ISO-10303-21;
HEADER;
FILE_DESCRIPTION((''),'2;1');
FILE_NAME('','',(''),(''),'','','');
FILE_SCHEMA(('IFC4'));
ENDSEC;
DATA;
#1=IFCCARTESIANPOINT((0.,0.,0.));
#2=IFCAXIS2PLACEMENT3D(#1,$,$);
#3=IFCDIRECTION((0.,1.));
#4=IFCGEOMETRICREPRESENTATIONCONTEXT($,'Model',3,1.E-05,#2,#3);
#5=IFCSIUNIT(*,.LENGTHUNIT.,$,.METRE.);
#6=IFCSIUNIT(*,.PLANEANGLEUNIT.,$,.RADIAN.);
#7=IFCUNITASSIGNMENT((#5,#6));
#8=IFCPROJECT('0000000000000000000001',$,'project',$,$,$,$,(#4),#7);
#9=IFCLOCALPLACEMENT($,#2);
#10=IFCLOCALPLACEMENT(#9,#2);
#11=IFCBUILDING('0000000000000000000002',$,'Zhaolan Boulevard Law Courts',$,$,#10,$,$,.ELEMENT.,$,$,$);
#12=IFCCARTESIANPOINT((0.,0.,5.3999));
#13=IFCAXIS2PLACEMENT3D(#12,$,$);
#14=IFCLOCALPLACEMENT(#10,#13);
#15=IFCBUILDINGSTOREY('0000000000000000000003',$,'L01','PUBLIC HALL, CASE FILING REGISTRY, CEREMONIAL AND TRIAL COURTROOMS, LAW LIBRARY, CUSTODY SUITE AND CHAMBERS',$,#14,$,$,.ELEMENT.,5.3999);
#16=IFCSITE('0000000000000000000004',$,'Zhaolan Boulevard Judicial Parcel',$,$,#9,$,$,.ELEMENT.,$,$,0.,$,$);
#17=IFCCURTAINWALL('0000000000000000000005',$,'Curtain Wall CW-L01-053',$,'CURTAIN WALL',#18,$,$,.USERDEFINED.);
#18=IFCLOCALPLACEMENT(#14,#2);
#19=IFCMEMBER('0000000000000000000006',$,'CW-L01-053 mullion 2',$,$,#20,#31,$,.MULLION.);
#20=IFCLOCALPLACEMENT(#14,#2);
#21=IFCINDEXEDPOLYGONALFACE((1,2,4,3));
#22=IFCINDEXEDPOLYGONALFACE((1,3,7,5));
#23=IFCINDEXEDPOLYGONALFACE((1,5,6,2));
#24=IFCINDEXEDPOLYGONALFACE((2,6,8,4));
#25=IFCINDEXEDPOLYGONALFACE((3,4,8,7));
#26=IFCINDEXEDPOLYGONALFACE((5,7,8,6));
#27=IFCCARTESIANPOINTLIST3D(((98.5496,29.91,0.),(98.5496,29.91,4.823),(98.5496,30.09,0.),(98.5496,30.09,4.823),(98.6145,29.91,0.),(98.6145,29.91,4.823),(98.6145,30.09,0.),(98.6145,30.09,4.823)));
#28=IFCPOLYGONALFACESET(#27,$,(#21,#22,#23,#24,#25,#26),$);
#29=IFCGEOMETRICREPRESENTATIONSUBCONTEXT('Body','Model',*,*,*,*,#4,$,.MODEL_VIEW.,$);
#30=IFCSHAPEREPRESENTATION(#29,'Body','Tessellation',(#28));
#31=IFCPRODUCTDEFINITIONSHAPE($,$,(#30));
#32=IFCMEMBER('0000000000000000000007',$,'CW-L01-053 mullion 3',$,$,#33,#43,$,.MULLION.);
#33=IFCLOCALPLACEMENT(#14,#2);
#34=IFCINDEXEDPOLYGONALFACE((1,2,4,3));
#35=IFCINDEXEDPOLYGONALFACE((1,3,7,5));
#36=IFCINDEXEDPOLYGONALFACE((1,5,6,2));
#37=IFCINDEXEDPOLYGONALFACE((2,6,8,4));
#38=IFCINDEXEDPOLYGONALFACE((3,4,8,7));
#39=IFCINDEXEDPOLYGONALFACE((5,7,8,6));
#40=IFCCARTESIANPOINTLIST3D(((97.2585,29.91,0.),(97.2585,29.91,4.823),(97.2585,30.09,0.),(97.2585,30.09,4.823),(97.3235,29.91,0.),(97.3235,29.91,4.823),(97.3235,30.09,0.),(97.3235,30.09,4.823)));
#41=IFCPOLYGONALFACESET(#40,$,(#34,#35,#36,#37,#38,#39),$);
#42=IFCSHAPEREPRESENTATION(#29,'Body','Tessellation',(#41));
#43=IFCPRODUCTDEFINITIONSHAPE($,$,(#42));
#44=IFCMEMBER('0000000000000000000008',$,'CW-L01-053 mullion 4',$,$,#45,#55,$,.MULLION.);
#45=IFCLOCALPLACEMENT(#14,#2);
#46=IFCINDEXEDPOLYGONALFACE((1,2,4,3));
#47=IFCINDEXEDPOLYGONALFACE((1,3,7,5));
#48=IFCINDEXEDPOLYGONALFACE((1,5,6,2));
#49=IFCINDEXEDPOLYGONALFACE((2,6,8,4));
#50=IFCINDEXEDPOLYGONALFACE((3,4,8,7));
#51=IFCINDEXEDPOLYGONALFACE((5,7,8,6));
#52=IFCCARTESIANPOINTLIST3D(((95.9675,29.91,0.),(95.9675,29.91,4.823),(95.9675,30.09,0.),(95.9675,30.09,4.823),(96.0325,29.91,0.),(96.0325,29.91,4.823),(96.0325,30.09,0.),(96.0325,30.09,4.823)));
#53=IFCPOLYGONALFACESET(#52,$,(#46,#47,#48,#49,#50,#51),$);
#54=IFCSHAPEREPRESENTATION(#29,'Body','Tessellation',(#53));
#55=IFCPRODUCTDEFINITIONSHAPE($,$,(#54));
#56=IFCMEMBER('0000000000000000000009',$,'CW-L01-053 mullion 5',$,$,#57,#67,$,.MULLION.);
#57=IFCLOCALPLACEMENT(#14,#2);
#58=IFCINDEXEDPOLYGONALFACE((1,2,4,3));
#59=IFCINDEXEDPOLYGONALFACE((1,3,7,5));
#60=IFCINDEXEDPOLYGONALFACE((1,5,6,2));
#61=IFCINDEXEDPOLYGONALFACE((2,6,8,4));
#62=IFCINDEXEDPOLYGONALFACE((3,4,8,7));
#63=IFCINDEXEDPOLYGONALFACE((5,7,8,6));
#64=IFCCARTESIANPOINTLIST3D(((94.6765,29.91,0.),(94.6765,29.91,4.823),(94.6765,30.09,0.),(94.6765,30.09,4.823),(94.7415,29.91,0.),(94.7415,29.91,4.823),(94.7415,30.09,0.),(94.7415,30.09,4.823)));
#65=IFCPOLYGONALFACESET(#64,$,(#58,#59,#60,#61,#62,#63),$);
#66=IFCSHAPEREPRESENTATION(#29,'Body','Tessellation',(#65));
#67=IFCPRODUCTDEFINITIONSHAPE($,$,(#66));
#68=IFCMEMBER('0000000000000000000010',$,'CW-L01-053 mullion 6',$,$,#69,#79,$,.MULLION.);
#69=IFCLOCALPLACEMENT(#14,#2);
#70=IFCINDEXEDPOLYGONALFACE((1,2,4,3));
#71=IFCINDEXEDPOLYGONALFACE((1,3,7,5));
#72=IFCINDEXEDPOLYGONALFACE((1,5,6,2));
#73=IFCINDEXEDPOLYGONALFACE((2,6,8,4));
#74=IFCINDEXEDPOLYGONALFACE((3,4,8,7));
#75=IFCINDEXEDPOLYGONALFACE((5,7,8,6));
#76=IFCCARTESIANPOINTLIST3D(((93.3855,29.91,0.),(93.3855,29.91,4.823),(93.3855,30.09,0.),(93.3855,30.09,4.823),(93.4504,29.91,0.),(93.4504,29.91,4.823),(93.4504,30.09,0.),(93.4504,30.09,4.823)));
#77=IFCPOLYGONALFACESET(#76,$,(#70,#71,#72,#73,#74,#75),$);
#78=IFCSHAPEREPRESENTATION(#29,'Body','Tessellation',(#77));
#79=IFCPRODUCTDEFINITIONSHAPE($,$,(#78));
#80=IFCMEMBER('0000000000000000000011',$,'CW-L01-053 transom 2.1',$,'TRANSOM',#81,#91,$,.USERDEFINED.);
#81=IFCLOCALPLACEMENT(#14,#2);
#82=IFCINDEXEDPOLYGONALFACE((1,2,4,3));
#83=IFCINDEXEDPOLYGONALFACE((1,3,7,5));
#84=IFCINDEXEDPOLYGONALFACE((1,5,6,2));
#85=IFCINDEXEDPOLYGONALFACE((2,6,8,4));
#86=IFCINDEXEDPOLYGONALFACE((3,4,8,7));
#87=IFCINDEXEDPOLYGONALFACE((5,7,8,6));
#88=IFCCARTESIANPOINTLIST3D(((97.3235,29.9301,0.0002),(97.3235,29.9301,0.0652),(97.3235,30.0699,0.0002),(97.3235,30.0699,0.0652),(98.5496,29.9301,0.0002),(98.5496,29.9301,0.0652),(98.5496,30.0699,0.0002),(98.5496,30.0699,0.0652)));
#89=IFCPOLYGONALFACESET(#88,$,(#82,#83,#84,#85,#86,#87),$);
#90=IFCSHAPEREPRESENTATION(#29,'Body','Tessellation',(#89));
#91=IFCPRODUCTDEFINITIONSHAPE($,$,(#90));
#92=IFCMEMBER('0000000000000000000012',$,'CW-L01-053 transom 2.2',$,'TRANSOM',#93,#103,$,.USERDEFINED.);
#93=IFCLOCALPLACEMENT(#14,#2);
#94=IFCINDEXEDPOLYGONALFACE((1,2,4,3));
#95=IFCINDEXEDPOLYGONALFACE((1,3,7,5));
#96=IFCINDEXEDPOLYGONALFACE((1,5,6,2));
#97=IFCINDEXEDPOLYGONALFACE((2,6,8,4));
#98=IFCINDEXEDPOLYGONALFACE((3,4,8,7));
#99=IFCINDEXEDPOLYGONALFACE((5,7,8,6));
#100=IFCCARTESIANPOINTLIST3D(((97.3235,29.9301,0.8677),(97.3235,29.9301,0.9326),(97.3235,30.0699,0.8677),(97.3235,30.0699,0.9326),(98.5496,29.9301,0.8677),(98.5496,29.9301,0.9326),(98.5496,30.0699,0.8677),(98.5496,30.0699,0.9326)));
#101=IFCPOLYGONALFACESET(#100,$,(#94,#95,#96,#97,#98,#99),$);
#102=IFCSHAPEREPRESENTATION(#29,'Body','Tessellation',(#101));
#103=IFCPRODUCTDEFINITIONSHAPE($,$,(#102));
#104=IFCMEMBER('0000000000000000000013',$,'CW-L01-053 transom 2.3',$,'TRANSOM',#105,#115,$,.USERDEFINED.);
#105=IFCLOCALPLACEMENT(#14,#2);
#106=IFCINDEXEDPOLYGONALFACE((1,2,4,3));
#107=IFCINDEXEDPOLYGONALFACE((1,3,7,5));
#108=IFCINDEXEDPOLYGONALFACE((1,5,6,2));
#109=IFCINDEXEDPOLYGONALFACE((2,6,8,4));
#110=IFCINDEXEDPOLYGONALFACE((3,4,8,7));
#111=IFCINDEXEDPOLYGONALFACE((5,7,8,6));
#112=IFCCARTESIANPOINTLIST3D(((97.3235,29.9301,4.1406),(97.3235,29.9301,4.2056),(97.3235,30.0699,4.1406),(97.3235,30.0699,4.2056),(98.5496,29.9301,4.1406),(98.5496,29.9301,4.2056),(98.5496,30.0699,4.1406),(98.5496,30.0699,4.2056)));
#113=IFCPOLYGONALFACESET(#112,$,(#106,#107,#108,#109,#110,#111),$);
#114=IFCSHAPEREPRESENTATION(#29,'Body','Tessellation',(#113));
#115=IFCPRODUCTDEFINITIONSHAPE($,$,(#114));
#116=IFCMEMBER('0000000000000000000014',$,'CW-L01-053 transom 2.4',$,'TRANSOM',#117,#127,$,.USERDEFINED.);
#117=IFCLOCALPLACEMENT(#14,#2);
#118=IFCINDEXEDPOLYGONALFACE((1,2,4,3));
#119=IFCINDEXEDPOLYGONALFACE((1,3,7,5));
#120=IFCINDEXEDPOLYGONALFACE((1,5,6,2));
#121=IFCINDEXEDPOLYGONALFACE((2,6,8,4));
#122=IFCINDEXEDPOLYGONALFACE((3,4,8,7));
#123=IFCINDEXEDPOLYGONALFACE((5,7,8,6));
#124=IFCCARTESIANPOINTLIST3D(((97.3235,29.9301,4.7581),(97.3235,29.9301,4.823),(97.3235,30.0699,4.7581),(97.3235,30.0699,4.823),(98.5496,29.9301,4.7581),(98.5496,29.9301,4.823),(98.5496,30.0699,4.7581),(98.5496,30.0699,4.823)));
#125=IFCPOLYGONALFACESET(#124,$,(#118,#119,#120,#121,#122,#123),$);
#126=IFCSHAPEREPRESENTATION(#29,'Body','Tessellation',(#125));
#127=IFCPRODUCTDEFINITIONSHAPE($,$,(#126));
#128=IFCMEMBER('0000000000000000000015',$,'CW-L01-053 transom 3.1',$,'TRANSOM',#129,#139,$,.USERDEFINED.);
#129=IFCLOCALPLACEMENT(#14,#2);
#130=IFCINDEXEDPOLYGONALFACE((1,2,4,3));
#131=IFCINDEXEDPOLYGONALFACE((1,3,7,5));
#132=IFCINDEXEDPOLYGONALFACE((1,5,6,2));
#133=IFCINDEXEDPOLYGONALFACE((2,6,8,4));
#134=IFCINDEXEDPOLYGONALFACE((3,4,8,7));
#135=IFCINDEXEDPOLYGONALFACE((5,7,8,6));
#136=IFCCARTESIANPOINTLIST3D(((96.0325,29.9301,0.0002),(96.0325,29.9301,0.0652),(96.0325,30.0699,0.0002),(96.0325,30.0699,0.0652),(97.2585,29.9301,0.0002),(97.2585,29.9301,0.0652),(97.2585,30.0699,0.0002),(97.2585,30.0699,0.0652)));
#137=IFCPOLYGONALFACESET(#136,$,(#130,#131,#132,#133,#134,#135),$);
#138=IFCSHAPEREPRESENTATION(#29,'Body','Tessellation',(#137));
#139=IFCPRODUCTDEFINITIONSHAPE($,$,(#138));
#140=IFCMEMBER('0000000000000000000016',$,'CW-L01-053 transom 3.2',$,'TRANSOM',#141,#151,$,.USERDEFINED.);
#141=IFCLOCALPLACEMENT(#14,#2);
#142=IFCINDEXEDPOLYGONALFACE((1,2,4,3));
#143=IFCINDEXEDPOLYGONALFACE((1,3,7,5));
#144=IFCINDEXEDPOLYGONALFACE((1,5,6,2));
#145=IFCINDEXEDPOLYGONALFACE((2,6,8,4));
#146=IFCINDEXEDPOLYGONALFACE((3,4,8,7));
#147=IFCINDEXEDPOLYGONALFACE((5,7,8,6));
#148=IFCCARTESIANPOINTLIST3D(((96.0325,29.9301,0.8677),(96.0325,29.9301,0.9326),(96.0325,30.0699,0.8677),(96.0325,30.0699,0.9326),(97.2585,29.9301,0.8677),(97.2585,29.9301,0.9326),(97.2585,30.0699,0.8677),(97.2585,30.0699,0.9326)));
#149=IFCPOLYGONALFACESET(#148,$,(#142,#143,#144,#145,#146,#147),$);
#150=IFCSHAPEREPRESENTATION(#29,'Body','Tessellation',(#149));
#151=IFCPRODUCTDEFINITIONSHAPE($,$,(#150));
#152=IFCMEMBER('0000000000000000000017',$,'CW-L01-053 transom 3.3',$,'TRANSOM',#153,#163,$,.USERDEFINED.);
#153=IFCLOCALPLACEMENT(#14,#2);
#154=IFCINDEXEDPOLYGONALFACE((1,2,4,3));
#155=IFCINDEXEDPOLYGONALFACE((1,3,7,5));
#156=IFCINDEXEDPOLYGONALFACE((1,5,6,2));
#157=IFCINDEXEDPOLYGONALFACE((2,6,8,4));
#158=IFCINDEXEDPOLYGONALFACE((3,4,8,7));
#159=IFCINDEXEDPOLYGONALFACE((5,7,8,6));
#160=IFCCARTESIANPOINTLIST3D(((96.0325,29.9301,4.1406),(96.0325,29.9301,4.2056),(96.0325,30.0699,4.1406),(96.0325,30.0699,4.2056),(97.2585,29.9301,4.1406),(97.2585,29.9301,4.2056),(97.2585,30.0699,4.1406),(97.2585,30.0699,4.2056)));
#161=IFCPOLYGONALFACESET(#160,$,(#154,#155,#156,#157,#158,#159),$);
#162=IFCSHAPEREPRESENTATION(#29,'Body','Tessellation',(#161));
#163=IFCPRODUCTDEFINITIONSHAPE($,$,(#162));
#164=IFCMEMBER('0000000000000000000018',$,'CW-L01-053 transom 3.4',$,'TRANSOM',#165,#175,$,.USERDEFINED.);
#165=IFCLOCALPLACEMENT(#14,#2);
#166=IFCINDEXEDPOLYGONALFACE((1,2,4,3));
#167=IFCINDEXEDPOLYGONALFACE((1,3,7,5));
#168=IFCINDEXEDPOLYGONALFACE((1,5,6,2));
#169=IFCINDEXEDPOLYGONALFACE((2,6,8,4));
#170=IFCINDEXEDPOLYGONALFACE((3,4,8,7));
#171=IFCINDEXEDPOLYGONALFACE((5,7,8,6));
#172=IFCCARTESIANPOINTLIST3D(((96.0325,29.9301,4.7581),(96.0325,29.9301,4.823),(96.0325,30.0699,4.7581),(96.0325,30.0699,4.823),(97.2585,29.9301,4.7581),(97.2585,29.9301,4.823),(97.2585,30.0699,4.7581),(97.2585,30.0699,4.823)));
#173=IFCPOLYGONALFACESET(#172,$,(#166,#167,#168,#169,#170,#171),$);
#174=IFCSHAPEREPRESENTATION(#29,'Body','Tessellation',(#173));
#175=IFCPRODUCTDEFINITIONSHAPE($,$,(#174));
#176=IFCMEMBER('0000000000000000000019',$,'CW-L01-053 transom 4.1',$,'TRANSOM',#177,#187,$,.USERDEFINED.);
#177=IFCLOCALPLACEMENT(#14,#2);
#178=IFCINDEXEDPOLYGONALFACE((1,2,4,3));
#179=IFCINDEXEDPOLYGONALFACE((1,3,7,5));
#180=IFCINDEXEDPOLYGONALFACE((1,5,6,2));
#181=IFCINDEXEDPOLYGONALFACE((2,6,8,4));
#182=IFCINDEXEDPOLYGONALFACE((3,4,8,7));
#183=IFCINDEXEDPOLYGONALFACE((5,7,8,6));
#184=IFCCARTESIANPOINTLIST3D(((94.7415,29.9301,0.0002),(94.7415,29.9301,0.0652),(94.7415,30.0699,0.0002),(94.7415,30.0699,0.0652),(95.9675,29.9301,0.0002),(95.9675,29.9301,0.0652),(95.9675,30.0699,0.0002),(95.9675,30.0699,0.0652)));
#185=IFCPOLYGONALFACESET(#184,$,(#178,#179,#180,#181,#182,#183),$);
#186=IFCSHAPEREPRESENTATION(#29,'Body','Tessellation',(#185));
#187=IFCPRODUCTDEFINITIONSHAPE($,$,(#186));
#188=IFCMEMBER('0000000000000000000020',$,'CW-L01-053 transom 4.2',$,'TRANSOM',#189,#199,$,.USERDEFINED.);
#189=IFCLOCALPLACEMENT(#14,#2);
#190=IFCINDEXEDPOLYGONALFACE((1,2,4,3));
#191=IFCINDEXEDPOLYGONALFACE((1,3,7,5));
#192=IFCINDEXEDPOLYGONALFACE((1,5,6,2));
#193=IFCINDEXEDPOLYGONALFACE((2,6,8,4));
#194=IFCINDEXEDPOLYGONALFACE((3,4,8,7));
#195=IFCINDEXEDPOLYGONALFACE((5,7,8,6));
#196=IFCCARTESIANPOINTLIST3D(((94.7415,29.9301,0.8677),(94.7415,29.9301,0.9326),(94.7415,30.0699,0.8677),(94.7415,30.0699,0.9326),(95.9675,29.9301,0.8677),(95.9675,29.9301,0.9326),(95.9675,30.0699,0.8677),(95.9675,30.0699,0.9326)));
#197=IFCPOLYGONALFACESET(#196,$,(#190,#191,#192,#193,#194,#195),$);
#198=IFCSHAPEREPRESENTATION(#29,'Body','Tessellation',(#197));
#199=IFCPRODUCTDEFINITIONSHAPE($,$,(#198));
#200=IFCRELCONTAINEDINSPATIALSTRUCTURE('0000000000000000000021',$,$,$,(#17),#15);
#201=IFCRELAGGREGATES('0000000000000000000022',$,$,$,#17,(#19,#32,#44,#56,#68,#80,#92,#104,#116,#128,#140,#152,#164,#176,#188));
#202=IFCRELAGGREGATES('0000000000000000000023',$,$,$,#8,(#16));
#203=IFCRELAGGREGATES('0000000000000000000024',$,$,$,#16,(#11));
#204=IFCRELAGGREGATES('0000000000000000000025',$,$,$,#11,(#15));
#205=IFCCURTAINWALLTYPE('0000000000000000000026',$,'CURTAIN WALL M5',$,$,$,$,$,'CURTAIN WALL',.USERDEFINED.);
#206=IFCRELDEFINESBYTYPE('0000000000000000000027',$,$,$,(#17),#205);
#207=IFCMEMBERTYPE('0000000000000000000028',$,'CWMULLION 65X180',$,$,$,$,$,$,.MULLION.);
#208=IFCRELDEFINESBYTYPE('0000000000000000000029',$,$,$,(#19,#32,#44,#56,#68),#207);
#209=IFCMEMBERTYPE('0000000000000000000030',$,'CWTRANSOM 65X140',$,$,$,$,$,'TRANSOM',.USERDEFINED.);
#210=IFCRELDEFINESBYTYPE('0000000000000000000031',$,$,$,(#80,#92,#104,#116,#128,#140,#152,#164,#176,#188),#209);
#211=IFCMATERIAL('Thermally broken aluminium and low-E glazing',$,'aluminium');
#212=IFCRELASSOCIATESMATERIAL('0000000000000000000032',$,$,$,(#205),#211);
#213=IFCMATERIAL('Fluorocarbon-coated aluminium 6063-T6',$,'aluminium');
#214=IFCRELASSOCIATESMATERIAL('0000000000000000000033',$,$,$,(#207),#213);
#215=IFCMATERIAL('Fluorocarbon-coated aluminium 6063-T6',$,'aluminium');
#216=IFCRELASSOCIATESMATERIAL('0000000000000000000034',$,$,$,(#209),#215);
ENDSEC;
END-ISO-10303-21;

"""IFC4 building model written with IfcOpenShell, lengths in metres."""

from ifc_helpers import new_model, si_unit, direction, frame, origin, origin_2d, place, context, subcontext, project, spatial, rectangle, extrude, material, material_profile, profile_set, type_object, element, aggregate, save


model = new_model("IFC4")

# Units and contexts
model_context = context("Model", 3, precision=1e-05, world=origin(), true_north=direction((0.0, 1.0)))
body_context = subcontext(model_context, "Body", "Model", "MODEL_VIEW")
ifc_project = project(units=[si_unit("LENGTHUNIT", "METRE"), si_unit("PLANEANGLEUNIT", "RADIAN")], contexts=[model_context])

# Site, building, storey
site_placement = place(None, origin())
site = spatial("IfcSite", under=ifc_project, at=site_placement, Name="Zhaolan Boulevard Judicial Parcel", CompositionType="ELEMENT", RefElevation=0.0)
building_placement = place(site_placement, origin())
building = spatial("IfcBuilding", under=site, at=building_placement, Name="Zhaolan Boulevard Law Courts", CompositionType="ELEMENT")
storey_placement = place(building_placement, frame((0.0, 0.0, 5.3999)))
storey = spatial("IfcBuildingStorey", under=building, at=storey_placement, Name="L01", Description="PUBLIC HALL, CASE FILING REGISTRY, CEREMONIAL AND TRIAL COURTROOMS, LAW LIBRARY, CUSTODY SUITE AND CHAMBERS", CompositionType="ELEMENT", Elevation=5.3999)

# Curtain wall, members
ifc_material_1 = material(Name="Thermally broken aluminium and low-E glazing", Category="aluminium")
curtain_wall_type = type_object("IfcCurtainWallType", Name="CURTAIN WALL M5", ElementType="CURTAIN WALL", PredefinedType="USERDEFINED", material=ifc_material_1)
curtain_wall_placement = place(storey_placement, origin())
curtain_wall = element("IfcCurtainWall", 1, at=curtain_wall_placement, inside=storey, type_object=curtain_wall_type, Name="Curtain Wall CW-L01-053", ObjectType="CURTAIN WALL", PredefinedType="USERDEFINED")
ifc_material_2 = material(Name="Fluorocarbon-coated aluminium 6063-T6", Category="aluminium")
ifc_material_profile_1 = material_profile(ifc_material_2, rectangle(XDim=0.1799, YDim=0.0649, at=origin_2d()), Name="AL65x180")
ifc_profile_set_1 = profile_set([ifc_material_profile_1], Name="Fluorocarbon-coated aluminium 6063-T6")
member_type_1 = type_object("IfcMemberType", Name="CWMULLION 65X180", PredefinedType="MULLION", material=ifc_profile_set_1)
member_1_placement = place(storey_placement, frame((98.582, 30.0, 0.0), z_axis=(0.0, 0.0, 1.0), x_axis=(0.0, -1.0, 0.0)))
member_1 = element("IfcMember", 2, at=member_1_placement, type_object=member_type_1, Name="CW-L01-053 mullion 2", PredefinedType="MULLION", context=body_context, shape_type="SweptSolid", body=[
    extrude(rectangle(XDim=0.1799, YDim=0.0649, at=origin_2d()), origin(), (0.0, 0.0, 1.0), 4.823),
])
member_2_placement = place(storey_placement, frame((97.291, 30.0, 0.0), z_axis=(0.0, 0.0, 1.0), x_axis=(0.0, -1.0, 0.0)))
member_2 = element("IfcMember", 3, at=member_2_placement, type_object=member_type_1, Name="CW-L01-053 mullion 3", PredefinedType="MULLION", context=body_context, shape_type="SweptSolid", body=[
    extrude(rectangle(XDim=0.1799, YDim=0.0649, at=origin_2d()), origin(), (0.0, 0.0, 1.0), 4.823),
])
member_3_placement = place(storey_placement, frame((96.0, 30.0, 0.0), z_axis=(0.0, 0.0, 1.0), x_axis=(0.0, -1.0, 0.0)))
member_3 = element("IfcMember", 4, at=member_3_placement, type_object=member_type_1, Name="CW-L01-053 mullion 4", PredefinedType="MULLION", context=body_context, shape_type="SweptSolid", body=[
    extrude(rectangle(XDim=0.1799, YDim=0.0649, at=origin_2d()), origin(), (0.0, 0.0, 1.0), 4.823),
])
member_4_placement = place(storey_placement, frame((94.709, 30.0, 0.0), z_axis=(0.0, 0.0, 1.0), x_axis=(0.0, -1.0, 0.0)))
member_4 = element("IfcMember", 5, at=member_4_placement, type_object=member_type_1, Name="CW-L01-053 mullion 5", PredefinedType="MULLION", context=body_context, shape_type="SweptSolid", body=[
    extrude(rectangle(XDim=0.1799, YDim=0.0649, at=origin_2d()), origin(), (0.0, 0.0, 1.0), 4.823),
])
member_5_placement = place(storey_placement, frame((93.418, 30.0, 0.0), z_axis=(0.0, 0.0, 1.0), x_axis=(0.0, -1.0, 0.0)))
member_5 = element("IfcMember", 6, at=member_5_placement, type_object=member_type_1, Name="CW-L01-053 mullion 6", PredefinedType="MULLION", context=body_context, shape_type="SweptSolid", body=[
    extrude(rectangle(XDim=0.1799, YDim=0.0649, at=origin_2d()), origin(), (0.0, 0.0, 1.0), 4.823),
])
ifc_material_3 = material(Name="Fluorocarbon-coated aluminium 6063-T6", Category="aluminium")
ifc_material_profile_2 = material_profile(ifc_material_3, rectangle(XDim=0.1399, YDim=0.0649, at=origin_2d()), Name="AL65x140")
ifc_profile_set_2 = profile_set([ifc_material_profile_2], Name="Fluorocarbon-coated aluminium 6063-T6")
member_type_2 = type_object("IfcMemberType", Name="CWTRANSOM 65X140", ElementType="TRANSOM", PredefinedType="USERDEFINED", material=ifc_profile_set_2)
member_6_placement = place(storey_placement, frame((98.5496, 30.0, 0.0327), z_axis=(-1.0, 0.0, 0.0), x_axis=(0.0, -1.0, 0.0)))
member_6 = element("IfcMember", 7, at=member_6_placement, type_object=member_type_2, Name="CW-L01-053 transom 2.1", ObjectType="TRANSOM", PredefinedType="USERDEFINED", context=body_context, shape_type="SweptSolid", body=[
    extrude(rectangle(XDim=0.1399, YDim=0.0649, at=origin_2d()), origin(), (0.0, 0.0, 1.0), 1.2261),
])
member_7_placement = place(storey_placement, frame((98.5496, 30.0, 0.9001), z_axis=(-1.0, 0.0, 0.0), x_axis=(0.0, -1.0, 0.0)))
member_7 = element("IfcMember", 8, at=member_7_placement, type_object=member_type_2, Name="CW-L01-053 transom 2.2", ObjectType="TRANSOM", PredefinedType="USERDEFINED", context=body_context, shape_type="SweptSolid", body=[
    extrude(rectangle(XDim=0.1399, YDim=0.0649, at=origin_2d()), origin(), (0.0, 0.0, 1.0), 1.2261),
])
member_8_placement = place(storey_placement, frame((98.5496, 30.0, 4.1731), z_axis=(-1.0, 0.0, 0.0), x_axis=(0.0, -1.0, 0.0)))
member_8 = element("IfcMember", 9, at=member_8_placement, type_object=member_type_2, Name="CW-L01-053 transom 2.3", ObjectType="TRANSOM", PredefinedType="USERDEFINED", context=body_context, shape_type="SweptSolid", body=[
    extrude(rectangle(XDim=0.1399, YDim=0.0649, at=origin_2d()), origin(), (0.0, 0.0, 1.0), 1.2261),
])
member_9_placement = place(storey_placement, frame((98.5496, 30.0, 4.7905), z_axis=(-1.0, 0.0, 0.0), x_axis=(0.0, -1.0, 0.0)))
member_9 = element("IfcMember", 10, at=member_9_placement, type_object=member_type_2, Name="CW-L01-053 transom 2.4", ObjectType="TRANSOM", PredefinedType="USERDEFINED", context=body_context, shape_type="SweptSolid", body=[
    extrude(rectangle(XDim=0.1399, YDim=0.0649, at=origin_2d()), origin(), (0.0, 0.0, 1.0), 1.2261),
])
member_10_placement = place(storey_placement, frame((97.2585, 30.0, 0.0327), z_axis=(-1.0, 0.0, 0.0), x_axis=(0.0, -1.0, 0.0)))
member_10 = element("IfcMember", 11, at=member_10_placement, type_object=member_type_2, Name="CW-L01-053 transom 3.1", ObjectType="TRANSOM", PredefinedType="USERDEFINED", context=body_context, shape_type="SweptSolid", body=[
    extrude(rectangle(XDim=0.1399, YDim=0.0649, at=origin_2d()), origin(), (0.0, 0.0, 1.0), 1.2261),
])
member_11_placement = place(storey_placement, frame((97.2585, 30.0, 0.9001), z_axis=(-1.0, 0.0, 0.0), x_axis=(0.0, -1.0, 0.0)))
member_11 = element("IfcMember", 12, at=member_11_placement, type_object=member_type_2, Name="CW-L01-053 transom 3.2", ObjectType="TRANSOM", PredefinedType="USERDEFINED", context=body_context, shape_type="SweptSolid", body=[
    extrude(rectangle(XDim=0.1399, YDim=0.0649, at=origin_2d()), origin(), (0.0, 0.0, 1.0), 1.2261),
])
member_12_placement = place(storey_placement, frame((97.2585, 30.0, 4.1731), z_axis=(-1.0, 0.0, 0.0), x_axis=(0.0, -1.0, 0.0)))
member_12 = element("IfcMember", 13, at=member_12_placement, type_object=member_type_2, Name="CW-L01-053 transom 3.3", ObjectType="TRANSOM", PredefinedType="USERDEFINED", context=body_context, shape_type="SweptSolid", body=[
    extrude(rectangle(XDim=0.1399, YDim=0.0649, at=origin_2d()), origin(), (0.0, 0.0, 1.0), 1.2261),
])
member_13_placement = place(storey_placement, frame((97.2585, 30.0, 4.7905), z_axis=(-1.0, 0.0, 0.0), x_axis=(0.0, -1.0, 0.0)))
member_13 = element("IfcMember", 14, at=member_13_placement, type_object=member_type_2, Name="CW-L01-053 transom 3.4", ObjectType="TRANSOM", PredefinedType="USERDEFINED", context=body_context, shape_type="SweptSolid", body=[
    extrude(rectangle(XDim=0.1399, YDim=0.0649, at=origin_2d()), origin(), (0.0, 0.0, 1.0), 1.2261),
])
member_14_placement = place(storey_placement, frame((95.9675, 30.0, 0.0327), z_axis=(-1.0, 0.0, 0.0), x_axis=(0.0, -1.0, 0.0)))
member_14 = element("IfcMember", 15, at=member_14_placement, type_object=member_type_2, Name="CW-L01-053 transom 4.1", ObjectType="TRANSOM", PredefinedType="USERDEFINED", context=body_context, shape_type="SweptSolid", body=[
    extrude(rectangle(XDim=0.1399, YDim=0.0649, at=origin_2d()), origin(), (0.0, 0.0, 1.0), 1.2261),
])
member_15_placement = place(storey_placement, frame((95.9675, 30.0, 0.9001), z_axis=(-1.0, 0.0, 0.0), x_axis=(0.0, -1.0, 0.0)))
member_15 = element("IfcMember", 16, at=member_15_placement, type_object=member_type_2, Name="CW-L01-053 transom 4.2", ObjectType="TRANSOM", PredefinedType="USERDEFINED", context=body_context, shape_type="SweptSolid", body=[
    extrude(rectangle(XDim=0.1399, YDim=0.0649, at=origin_2d()), origin(), (0.0, 0.0, 1.0), 1.2261),
])

aggregate(curtain_wall, [member_1, member_2, member_3, member_4, member_5, member_6, member_7, member_8, member_9, member_10, member_11, member_12, member_13, member_14, member_15])

save(model, "model.ifc")
